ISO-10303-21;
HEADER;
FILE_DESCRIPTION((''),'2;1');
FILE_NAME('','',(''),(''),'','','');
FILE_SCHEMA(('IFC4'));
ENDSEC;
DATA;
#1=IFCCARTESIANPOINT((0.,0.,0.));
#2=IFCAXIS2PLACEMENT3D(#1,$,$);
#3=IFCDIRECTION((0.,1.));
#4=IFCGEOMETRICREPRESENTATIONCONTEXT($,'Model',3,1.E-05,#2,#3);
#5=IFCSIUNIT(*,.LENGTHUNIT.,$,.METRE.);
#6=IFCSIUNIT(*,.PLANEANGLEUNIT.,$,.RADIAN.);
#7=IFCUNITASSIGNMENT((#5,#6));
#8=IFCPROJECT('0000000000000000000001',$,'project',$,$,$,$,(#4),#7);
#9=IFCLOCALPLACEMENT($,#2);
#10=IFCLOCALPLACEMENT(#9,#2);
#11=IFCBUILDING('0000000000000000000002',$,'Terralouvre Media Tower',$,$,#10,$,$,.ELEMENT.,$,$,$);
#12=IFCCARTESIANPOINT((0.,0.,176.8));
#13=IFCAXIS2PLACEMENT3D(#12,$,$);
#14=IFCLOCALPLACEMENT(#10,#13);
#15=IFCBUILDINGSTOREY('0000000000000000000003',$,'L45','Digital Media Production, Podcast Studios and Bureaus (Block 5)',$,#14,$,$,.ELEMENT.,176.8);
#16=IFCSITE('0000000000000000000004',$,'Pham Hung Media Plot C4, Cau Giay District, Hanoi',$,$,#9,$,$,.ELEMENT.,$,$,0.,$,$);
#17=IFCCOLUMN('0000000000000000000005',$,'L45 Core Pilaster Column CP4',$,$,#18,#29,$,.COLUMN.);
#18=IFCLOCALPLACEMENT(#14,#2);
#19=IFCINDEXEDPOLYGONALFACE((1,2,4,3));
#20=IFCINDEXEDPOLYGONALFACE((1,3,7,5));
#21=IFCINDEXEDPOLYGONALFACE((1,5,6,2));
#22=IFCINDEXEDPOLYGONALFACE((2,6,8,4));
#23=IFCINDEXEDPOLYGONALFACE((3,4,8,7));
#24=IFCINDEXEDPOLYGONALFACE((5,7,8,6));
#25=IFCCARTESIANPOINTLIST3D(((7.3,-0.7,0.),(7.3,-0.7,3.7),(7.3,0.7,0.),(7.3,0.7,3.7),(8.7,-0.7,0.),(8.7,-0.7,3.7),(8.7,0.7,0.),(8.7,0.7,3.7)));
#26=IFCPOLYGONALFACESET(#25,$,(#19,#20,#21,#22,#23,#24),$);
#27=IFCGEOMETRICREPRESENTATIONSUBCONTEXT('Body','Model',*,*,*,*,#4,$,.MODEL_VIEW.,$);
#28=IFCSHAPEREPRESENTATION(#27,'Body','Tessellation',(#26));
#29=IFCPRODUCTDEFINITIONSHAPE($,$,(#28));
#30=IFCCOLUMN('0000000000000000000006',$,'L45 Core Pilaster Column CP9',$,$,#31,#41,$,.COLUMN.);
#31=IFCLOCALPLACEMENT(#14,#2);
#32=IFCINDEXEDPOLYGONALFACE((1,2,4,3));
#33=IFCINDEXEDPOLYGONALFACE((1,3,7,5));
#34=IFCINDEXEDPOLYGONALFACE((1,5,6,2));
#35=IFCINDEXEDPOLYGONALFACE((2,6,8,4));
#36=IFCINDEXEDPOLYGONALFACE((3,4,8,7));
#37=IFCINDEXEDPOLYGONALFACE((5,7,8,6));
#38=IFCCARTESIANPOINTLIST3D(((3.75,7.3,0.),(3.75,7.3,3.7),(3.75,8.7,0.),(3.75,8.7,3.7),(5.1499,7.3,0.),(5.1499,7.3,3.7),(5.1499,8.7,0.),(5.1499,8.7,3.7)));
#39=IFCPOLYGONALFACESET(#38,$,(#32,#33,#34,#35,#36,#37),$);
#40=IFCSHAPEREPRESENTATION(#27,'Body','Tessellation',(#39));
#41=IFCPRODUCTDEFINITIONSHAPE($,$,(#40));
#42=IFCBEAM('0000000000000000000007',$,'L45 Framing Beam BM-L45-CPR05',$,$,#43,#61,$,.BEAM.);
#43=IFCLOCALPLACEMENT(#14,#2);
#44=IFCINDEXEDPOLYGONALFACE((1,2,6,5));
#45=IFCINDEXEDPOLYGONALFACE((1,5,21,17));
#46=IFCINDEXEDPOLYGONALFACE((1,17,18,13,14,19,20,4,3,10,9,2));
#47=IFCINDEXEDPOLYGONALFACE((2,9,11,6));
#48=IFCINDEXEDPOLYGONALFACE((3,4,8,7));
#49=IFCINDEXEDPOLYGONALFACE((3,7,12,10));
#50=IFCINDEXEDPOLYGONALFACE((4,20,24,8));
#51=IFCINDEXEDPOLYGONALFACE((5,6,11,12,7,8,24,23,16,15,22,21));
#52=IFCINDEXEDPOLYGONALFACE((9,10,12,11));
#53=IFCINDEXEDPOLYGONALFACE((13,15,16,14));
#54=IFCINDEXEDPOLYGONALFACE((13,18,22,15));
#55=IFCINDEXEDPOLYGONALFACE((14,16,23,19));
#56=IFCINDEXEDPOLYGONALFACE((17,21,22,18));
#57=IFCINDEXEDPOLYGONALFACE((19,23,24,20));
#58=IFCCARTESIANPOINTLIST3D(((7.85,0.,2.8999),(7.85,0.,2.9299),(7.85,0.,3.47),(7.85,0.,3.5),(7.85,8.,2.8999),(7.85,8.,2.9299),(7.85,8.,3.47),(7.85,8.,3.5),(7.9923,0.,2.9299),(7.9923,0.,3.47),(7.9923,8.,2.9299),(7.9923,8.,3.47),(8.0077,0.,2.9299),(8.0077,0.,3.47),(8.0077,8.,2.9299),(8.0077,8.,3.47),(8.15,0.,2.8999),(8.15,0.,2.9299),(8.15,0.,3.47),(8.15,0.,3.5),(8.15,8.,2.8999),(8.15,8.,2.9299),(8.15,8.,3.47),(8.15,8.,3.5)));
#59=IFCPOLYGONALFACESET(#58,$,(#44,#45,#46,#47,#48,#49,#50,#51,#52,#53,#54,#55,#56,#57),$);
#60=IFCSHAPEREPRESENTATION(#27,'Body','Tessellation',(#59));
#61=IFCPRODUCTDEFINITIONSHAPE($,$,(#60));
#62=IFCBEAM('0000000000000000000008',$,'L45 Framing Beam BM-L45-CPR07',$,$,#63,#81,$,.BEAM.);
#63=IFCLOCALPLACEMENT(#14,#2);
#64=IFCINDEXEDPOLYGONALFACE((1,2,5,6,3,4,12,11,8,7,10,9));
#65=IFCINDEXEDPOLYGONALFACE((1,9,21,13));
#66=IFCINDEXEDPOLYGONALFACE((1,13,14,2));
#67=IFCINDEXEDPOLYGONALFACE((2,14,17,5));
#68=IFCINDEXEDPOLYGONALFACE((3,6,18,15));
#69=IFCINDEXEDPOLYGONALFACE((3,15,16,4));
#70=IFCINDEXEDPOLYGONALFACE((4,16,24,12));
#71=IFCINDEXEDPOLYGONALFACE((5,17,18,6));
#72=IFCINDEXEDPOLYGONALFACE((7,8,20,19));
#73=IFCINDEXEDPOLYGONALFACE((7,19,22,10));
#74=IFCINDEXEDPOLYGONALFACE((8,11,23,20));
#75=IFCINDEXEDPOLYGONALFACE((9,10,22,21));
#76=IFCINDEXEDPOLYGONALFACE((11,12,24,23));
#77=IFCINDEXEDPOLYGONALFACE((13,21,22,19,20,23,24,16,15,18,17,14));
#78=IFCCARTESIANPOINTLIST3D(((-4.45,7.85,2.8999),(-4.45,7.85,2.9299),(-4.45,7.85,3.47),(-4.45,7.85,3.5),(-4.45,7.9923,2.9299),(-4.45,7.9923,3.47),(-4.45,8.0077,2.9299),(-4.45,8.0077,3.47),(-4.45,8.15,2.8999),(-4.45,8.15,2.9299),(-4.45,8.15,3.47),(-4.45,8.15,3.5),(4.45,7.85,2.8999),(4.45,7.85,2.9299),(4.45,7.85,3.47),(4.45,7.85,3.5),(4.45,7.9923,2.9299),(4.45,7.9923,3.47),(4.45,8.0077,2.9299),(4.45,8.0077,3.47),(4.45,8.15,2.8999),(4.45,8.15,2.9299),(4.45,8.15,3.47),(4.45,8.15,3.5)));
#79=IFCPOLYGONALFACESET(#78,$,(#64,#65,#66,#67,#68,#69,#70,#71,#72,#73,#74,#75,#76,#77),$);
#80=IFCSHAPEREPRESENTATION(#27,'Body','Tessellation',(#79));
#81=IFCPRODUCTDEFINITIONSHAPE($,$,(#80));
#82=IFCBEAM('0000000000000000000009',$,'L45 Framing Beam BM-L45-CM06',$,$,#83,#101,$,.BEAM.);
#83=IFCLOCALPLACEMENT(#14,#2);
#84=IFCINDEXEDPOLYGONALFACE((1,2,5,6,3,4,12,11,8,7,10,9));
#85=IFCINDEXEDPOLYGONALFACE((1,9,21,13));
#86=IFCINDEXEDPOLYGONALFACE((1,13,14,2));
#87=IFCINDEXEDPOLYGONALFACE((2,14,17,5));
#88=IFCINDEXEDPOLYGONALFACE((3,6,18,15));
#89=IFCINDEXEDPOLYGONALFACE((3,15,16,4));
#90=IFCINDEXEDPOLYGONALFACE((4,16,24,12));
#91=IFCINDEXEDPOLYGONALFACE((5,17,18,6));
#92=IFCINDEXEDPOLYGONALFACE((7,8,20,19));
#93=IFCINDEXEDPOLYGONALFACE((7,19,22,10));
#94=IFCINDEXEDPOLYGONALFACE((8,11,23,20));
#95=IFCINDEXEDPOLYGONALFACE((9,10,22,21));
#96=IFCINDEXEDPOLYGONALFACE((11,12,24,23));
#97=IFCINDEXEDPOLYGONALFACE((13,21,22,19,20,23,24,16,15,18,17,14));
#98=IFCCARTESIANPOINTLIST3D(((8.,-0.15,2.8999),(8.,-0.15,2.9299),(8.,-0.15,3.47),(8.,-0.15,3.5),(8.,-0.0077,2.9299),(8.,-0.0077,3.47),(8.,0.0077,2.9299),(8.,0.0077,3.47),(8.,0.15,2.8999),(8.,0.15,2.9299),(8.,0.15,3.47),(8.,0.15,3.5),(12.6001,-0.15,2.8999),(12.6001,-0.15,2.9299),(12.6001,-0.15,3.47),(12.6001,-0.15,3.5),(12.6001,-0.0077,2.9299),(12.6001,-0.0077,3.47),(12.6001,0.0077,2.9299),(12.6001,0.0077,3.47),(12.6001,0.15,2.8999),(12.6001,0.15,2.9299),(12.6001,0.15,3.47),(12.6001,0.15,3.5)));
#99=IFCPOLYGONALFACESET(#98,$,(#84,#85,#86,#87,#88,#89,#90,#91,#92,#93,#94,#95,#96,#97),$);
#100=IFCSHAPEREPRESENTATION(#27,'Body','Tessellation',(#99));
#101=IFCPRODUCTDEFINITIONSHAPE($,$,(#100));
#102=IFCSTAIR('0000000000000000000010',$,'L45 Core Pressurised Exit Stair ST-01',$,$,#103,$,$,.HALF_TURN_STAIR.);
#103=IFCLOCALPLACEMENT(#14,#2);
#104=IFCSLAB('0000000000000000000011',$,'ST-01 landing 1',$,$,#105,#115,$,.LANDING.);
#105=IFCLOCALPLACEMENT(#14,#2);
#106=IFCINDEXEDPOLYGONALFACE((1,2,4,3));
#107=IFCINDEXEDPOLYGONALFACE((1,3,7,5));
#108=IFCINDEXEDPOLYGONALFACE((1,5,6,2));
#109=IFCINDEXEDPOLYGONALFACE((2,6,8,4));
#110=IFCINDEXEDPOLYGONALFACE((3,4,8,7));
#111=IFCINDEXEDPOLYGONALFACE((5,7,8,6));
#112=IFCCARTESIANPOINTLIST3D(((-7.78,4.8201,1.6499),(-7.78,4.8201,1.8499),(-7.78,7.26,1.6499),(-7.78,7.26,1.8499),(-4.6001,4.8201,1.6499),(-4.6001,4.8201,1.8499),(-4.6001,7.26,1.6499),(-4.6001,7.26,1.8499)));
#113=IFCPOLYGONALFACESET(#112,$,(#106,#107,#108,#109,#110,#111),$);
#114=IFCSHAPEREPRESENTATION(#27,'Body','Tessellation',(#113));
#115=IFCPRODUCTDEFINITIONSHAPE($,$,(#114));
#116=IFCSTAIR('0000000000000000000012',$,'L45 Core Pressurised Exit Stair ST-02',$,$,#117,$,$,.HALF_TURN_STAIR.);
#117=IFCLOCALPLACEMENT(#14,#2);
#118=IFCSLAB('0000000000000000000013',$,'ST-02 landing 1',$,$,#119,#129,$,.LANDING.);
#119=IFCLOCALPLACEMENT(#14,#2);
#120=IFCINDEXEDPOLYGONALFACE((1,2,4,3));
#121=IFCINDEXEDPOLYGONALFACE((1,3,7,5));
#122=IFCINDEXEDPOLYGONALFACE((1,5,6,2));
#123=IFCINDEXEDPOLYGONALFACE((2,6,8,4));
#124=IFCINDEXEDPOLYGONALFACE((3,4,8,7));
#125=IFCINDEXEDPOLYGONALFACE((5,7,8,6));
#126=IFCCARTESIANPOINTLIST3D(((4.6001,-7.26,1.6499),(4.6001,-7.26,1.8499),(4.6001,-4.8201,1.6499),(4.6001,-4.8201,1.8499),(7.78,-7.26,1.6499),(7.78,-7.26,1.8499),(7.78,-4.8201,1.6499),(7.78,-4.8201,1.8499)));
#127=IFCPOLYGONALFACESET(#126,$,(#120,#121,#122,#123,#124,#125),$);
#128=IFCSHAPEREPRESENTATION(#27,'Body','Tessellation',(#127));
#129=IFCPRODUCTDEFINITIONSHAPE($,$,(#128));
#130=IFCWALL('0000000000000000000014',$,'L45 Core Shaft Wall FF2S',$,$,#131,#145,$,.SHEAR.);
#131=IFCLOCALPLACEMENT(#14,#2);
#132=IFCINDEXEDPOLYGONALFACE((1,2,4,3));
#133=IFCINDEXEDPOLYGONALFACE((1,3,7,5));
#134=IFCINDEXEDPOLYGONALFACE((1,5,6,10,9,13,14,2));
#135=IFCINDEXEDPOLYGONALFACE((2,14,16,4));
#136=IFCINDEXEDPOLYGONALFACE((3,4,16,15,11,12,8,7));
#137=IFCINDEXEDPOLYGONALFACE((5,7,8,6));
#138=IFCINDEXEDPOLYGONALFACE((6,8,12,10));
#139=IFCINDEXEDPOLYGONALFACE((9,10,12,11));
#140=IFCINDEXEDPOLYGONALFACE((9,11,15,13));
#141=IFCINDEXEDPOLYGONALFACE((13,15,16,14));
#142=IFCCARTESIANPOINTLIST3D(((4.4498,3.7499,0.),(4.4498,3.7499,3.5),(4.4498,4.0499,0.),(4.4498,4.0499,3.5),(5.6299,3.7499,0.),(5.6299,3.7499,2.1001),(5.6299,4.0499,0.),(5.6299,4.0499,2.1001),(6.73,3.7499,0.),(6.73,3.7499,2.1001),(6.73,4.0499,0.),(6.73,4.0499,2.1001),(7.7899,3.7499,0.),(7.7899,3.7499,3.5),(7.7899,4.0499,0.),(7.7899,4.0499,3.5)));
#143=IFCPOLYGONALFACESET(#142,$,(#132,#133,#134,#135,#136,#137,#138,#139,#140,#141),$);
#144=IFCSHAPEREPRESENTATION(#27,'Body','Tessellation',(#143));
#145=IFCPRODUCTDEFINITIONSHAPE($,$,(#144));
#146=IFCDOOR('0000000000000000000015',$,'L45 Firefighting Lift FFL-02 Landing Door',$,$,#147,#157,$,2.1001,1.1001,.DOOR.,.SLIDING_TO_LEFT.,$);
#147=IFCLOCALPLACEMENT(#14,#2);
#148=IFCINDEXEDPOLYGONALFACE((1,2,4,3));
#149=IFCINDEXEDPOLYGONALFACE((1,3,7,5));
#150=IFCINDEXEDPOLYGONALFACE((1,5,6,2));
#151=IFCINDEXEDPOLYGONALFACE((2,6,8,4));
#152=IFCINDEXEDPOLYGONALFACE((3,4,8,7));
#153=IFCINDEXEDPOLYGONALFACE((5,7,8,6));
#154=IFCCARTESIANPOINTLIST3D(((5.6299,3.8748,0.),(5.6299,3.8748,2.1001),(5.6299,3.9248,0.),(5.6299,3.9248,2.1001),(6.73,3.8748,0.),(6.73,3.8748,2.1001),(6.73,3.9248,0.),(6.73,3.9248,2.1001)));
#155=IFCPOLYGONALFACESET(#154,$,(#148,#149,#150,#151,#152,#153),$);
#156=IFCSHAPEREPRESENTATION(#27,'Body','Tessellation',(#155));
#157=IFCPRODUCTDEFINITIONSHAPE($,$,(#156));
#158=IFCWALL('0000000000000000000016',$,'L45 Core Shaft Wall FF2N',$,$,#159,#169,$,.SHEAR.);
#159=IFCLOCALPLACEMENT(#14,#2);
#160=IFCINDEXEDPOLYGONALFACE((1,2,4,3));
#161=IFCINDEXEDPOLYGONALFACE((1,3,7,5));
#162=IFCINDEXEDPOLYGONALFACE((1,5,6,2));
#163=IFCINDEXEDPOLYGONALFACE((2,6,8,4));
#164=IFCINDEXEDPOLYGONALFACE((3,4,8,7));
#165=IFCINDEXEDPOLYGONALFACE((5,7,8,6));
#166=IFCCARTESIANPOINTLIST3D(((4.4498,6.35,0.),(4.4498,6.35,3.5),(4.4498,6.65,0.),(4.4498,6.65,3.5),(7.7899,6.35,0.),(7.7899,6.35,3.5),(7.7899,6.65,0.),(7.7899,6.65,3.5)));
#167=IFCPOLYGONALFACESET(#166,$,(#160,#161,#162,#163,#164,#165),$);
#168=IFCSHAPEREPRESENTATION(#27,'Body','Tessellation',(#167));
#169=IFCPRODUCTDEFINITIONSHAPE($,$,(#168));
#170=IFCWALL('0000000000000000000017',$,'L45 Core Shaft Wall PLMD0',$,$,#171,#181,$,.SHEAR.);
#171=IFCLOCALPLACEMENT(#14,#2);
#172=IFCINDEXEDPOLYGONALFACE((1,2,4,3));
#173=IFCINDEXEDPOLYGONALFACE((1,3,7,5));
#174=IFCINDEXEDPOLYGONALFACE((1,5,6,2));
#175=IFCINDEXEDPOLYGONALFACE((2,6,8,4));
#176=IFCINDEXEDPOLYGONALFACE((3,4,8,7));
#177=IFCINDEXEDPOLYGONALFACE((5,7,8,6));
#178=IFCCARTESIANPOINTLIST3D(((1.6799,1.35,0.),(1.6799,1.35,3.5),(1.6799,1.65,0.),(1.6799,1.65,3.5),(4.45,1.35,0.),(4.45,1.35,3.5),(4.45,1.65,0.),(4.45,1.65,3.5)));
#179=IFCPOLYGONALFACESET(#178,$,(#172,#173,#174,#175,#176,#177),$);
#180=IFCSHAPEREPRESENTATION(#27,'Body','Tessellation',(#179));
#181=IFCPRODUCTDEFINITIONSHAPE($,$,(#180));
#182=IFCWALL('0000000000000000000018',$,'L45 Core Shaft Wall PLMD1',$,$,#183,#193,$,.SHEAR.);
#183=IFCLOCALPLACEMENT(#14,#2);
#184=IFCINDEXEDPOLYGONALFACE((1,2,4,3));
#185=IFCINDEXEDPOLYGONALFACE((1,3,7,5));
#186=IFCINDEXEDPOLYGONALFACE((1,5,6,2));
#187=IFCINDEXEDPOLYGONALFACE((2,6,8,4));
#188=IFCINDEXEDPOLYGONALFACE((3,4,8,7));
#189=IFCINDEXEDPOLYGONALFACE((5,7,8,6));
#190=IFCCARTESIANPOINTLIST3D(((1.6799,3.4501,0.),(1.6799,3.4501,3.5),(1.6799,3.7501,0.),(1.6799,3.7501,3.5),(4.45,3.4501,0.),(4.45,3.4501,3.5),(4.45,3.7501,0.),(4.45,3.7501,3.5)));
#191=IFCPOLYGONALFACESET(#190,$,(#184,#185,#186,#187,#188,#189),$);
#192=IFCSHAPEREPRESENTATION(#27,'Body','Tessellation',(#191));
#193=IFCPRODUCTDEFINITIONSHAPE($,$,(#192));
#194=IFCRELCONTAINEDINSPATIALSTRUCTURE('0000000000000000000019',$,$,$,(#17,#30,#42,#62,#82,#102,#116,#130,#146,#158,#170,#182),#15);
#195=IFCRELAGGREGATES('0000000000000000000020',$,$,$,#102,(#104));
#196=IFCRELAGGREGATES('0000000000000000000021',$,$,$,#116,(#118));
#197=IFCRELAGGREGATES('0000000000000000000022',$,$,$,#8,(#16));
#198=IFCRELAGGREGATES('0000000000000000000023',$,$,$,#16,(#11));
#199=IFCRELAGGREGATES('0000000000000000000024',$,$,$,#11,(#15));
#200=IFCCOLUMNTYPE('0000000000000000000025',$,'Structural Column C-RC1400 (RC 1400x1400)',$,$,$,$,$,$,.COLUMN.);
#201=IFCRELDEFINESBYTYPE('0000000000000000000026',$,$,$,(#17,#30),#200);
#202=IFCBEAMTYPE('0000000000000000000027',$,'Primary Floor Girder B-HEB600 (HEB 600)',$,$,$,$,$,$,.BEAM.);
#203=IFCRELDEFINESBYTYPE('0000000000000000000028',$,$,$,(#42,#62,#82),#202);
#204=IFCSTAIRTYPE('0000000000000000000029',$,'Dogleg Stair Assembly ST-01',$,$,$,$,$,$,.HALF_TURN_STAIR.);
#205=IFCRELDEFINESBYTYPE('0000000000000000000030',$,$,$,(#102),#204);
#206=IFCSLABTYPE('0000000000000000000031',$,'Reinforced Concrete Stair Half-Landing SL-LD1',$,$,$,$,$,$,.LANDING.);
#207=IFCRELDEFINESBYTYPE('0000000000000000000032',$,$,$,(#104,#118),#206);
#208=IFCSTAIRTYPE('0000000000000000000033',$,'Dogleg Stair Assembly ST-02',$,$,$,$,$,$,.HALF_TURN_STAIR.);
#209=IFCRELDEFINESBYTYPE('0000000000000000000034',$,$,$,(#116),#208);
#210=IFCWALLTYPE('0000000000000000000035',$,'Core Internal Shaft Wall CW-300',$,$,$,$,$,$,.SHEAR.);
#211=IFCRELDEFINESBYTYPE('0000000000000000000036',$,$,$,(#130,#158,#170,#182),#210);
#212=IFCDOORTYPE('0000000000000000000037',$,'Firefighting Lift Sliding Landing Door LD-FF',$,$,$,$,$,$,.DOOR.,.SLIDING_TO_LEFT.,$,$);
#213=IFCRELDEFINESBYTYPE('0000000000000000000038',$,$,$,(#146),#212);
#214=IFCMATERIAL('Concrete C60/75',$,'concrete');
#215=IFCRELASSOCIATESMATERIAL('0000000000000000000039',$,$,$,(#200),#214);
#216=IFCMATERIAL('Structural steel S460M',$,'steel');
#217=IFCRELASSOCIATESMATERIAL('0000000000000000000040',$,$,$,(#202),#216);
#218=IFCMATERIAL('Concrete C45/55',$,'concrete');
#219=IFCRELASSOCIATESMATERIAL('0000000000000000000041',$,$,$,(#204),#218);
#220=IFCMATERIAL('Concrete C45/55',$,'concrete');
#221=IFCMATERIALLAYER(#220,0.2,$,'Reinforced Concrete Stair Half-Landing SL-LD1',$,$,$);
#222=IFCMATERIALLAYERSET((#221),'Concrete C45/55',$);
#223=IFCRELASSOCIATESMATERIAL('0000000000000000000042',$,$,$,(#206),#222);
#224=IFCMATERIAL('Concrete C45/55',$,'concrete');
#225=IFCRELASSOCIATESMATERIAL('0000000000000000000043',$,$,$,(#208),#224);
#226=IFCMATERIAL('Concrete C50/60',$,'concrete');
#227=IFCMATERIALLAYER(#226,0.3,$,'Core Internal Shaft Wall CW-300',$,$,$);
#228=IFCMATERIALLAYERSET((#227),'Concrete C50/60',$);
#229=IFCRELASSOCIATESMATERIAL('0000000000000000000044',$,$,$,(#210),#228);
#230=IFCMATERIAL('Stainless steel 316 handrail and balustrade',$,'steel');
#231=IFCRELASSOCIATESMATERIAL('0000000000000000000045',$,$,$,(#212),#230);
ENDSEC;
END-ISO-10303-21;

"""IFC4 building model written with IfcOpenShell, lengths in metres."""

from ifc_helpers import new_model, si_unit, direction, frame, frame_2d, origin, origin_2d, place, context, subcontext, project, spatial, polyline, rectangle, i_section, outline, extrude, material, layer, layer_set, material_profile, profile_set, type_object, element, fill, aggregate, save


model = new_model("IFC4")

# Units and contexts
model_context = context("Model", 3, precision=1e-05, world=origin(), true_north=direction((0.0, 1.0)))
body_context = subcontext(model_context, "Body", "Model", "MODEL_VIEW")
ifc_project = project(units=[si_unit("LENGTHUNIT", "METRE"), si_unit("PLANEANGLEUNIT", "RADIAN")], contexts=[model_context])

# Site, building, storey
site_placement = place(None, origin())
site = spatial("IfcSite", under=ifc_project, at=site_placement, Name="Pham Hung Media Plot C4, Cau Giay District, Hanoi", CompositionType="ELEMENT", RefElevation=0.0)
building_placement = place(site_placement, origin())
building = spatial("IfcBuilding", under=site, at=building_placement, Name="Terralouvre Media Tower", CompositionType="ELEMENT")
storey_placement = place(building_placement, frame((0.0, 0.0, 176.8)))
storey = spatial("IfcBuildingStorey", under=building, at=storey_placement, Name="L45", Description="Digital Media Production, Podcast Studios and Bureaus (Block 5)", CompositionType="ELEMENT", Elevation=176.8)

# Columns
ifc_material_1 = material(Name="Concrete C60/75", Category="concrete")
ifc_material_profile_1 = material_profile(ifc_material_1, rectangle(XDim=1.3999, YDim=1.3999, at=origin_2d()), Name="RC 1400x1400")
ifc_profile_set_1 = profile_set([ifc_material_profile_1], Name="Concrete C60/75")
column_type = type_object("IfcColumnType", Name="Structural Column C-RC1400 (RC 1400x1400)", PredefinedType="COLUMN", material=ifc_profile_set_1)
for number, where, z_axis, x_axis, name in (
    (1, (8.0, 0.0, 0.0), (0.0, 0.0, 1.0), (1.0, 0.0, 0.0), "L45 Core Pilaster Column CP4"),
    (2, (4.45, 8.0, 0.0), (0.0, 0.0, 1.0), (1.0, 0.0, 0.0), "L45 Core Pilaster Column CP9"),
):
    element("IfcColumn", number, at=place(storey_placement, frame(where, z_axis=z_axis, x_axis=x_axis)), inside=storey, type_object=column_type, Name=name, PredefinedType="COLUMN", context=body_context, shape_type="SweptSolid", body=[
        extrude(rectangle(XDim=1.3999, YDim=1.3999, at=origin_2d()), origin(), (0.0, 0.0, 1.0), 3.7),
    ])

# Beams
ifc_material_2 = material(Name="Structural steel S460M", Category="steel")
ifc_material_profile_2 = material_profile(ifc_material_2, i_section(OverallWidth=0.3, OverallDepth=0.6001, WebThickness=0.0154, FlangeThickness=0.03, at=origin_2d()), Name="HEB 600")
ifc_profile_set_2 = profile_set([ifc_material_profile_2], Name="Structural steel S460M")
beam_type = type_object("IfcBeamType", Name="Primary Floor Girder B-HEB600 (HEB 600)", PredefinedType="BEAM", material=ifc_profile_set_2)
beam_1_placement = place(storey_placement, frame((8.0, 0.0, 3.2), z_axis=(0.0, 1.0, 0.0), x_axis=(-1.0, 0.0, 0.0)))
element("IfcBeam", 3, at=beam_1_placement, inside=storey, type_object=beam_type, Name="L45 Framing Beam BM-L45-CPR05", PredefinedType="BEAM", context=body_context, shape_type="SweptSolid", body=[
    extrude(i_section(OverallWidth=0.3, OverallDepth=0.6001, WebThickness=0.0154, FlangeThickness=0.03, at=origin_2d()), origin(), (0.0, 0.0, 1.0), 8.0),
])
beam_2_placement = place(storey_placement, frame((4.45, 8.0, 3.2), z_axis=(-1.0, 0.0, 0.0), x_axis=(0.0, -1.0, 0.0)))
element("IfcBeam", 4, at=beam_2_placement, inside=storey, type_object=beam_type, Name="L45 Framing Beam BM-L45-CPR07", PredefinedType="BEAM", context=body_context, shape_type="SweptSolid", body=[
    extrude(i_section(OverallWidth=0.3, OverallDepth=0.6001, WebThickness=0.0154, FlangeThickness=0.03, at=origin_2d()), origin(), (0.0, 0.0, 1.0), 8.8999),
])
beam_3_placement = place(storey_placement, frame((8.0, 0.0, 3.2), z_axis=(1.0, 0.0, 0.0), x_axis=(0.0, 1.0, 0.0)))
element("IfcBeam", 5, at=beam_3_placement, inside=storey, type_object=beam_type, Name="L45 Framing Beam BM-L45-CM06", PredefinedType="BEAM", context=body_context, shape_type="SweptSolid", body=[
    extrude(i_section(OverallWidth=0.3, OverallDepth=0.6001, WebThickness=0.0154, FlangeThickness=0.03, at=origin_2d()), origin(), (0.0, 0.0, 1.0), 4.6001),
])

# Stairs, slabs
ifc_material_3 = material(Name="Concrete C45/55", Category="concrete")
stair_type_1 = type_object("IfcStairType", Name="Dogleg Stair Assembly ST-01", PredefinedType="HALF_TURN_STAIR", material=ifc_material_3)
stair_1_placement = place(storey_placement, origin())
stair_1 = element("IfcStair", 6, at=stair_1_placement, inside=storey, type_object=stair_type_1, Name="L45 Core Pressurised Exit Stair ST-01", PredefinedType="HALF_TURN_STAIR")
ifc_material_4 = material(Name="Concrete C45/55", Category="concrete")
ifc_layer_1 = layer(ifc_material_4, 0.2, Name="Reinforced Concrete Stair Half-Landing SL-LD1")
ifc_layer_set_1 = layer_set([ifc_layer_1], Name="Concrete C45/55")
slab_type_1 = type_object("IfcSlabType", Name="Reinforced Concrete Stair Half-Landing SL-LD1", PredefinedType="LANDING", material=ifc_layer_set_1)
slab_1_placement = place(storey_placement, frame((0.0, 0.0, 1.6499)))
slab_1 = element("IfcSlab", 7, at=slab_1_placement, type_object=slab_type_1, Name="ST-01 landing 1", PredefinedType="LANDING", context=body_context, shape_type="SweptSolid", body=[
    extrude(outline(polyline([(-4.6001, 4.8201), (-4.6001, 7.26), (-7.78, 7.26), (-7.78, 4.8201), (-4.6001, 4.8201)])), origin(), (0.0, 0.0, 1.0), 0.2),
])
aggregate(stair_1, [slab_1])
ifc_material_5 = material(Name="Concrete C45/55", Category="concrete")
stair_type_2 = type_object("IfcStairType", Name="Dogleg Stair Assembly ST-02", PredefinedType="HALF_TURN_STAIR", material=ifc_material_5)
stair_2_placement = place(storey_placement, origin())
stair_2 = element("IfcStair", 8, at=stair_2_placement, inside=storey, type_object=stair_type_2, Name="L45 Core Pressurised Exit Stair ST-02", PredefinedType="HALF_TURN_STAIR")
slab_2_placement = place(storey_placement, frame((0.0, 0.0, 1.6499)))
slab_2 = element("IfcSlab", 9, at=slab_2_placement, type_object=slab_type_1, Name="ST-02 landing 1", PredefinedType="LANDING", context=body_context, shape_type="SweptSolid", body=[
    extrude(outline(polyline([(4.6001, -4.8201), (4.6001, -7.26), (7.78, -7.26), (7.78, -4.8201), (4.6001, -4.8201)])), origin(), (0.0, 0.0, 1.0), 0.2),
])
aggregate(stair_2, [slab_2])

# Wall, opening, door
ifc_material_6 = material(Name="Concrete C50/60", Category="concrete")
ifc_layer_2 = layer(ifc_material_6, 0.3, Name="Core Internal Shaft Wall CW-300")
ifc_layer_set_2 = layer_set([ifc_layer_2], Name="Concrete C50/60")
wall_type = type_object("IfcWallType", Name="Core Internal Shaft Wall CW-300", PredefinedType="SHEAR", material=ifc_layer_set_2)
wall_1_placement = place(storey_placement, frame((4.45, 3.8999, 0.0), z_axis=(0.0, 0.0, 1.0), x_axis=(1.0, 0.0, 0.0)))
wall_1 = element("IfcWall", 10, at=wall_1_placement, inside=storey, type_object=wall_type, Name="L45 Core Shaft Wall FF2S", PredefinedType="SHEAR", context=body_context, shape_type="SweptSolid", body=[
    extrude(rectangle(XDim=3.3401, YDim=0.3, at=frame_2d((1.6699, 0.0))), origin(), (0.0, 0.0, 1.0), 3.5),
])
opening_placement = place(wall_1_placement, frame((1.1799, 0.0, 0.0)))
opening = element("IfcOpeningElement", 11, at=opening_placement, cuts=wall_1, PredefinedType="OPENING", context=body_context, shape_type="SweptSolid", body=[
    extrude(rectangle(XDim=1.1001, YDim=2.1001, at=frame_2d((0.55, 1.05))), frame((0.0, 0.1599, 0.0), z_axis=(0.0, -1.0, 0.0), x_axis=(1.0, 0.0, 0.0)), (0.0, 0.0, 1.0), 0.3201),
])
ifc_material_7 = material(Name="Stainless steel 316 handrail and balustrade", Category="steel")
door_type = type_object("IfcDoorType", Name="Firefighting Lift Sliding Landing Door LD-FF", OperationType="SLIDING_TO_LEFT", PredefinedType="DOOR", material=ifc_material_7)
door_placement = place(opening_placement, origin())
door = element("IfcDoor", 12, at=door_placement, inside=storey, type_object=door_type, Name="L45 Firefighting Lift FFL-02 Landing Door", OperationType="SLIDING_TO_LEFT", OverallHeight=2.1001, OverallWidth=1.1001, PredefinedType="DOOR", context=body_context, shape_type="SweptSolid", body=[
    extrude(rectangle(XDim=1.1001, YDim=2.1001, at=frame_2d((0.55, 1.05))), frame((0.0, 0.0249, 0.0), z_axis=(0.0, -1.0, 0.0), x_axis=(1.0, 0.0, 0.0)), (0.0, 0.0, 1.0), 0.05),
])
fill(opening, door)

# Walls
wall_2_placement = place(storey_placement, frame((4.45, 6.5, 0.0), z_axis=(0.0, 0.0, 1.0), x_axis=(1.0, 0.0, 0.0)))
element("IfcWall", 13, at=wall_2_placement, inside=storey, type_object=wall_type, Name="L45 Core Shaft Wall FF2N", PredefinedType="SHEAR", context=body_context, shape_type="SweptSolid", body=[
    extrude(rectangle(XDim=3.3401, YDim=0.3, at=frame_2d((1.6699, 0.0))), origin(), (0.0, 0.0, 1.0), 3.5),
])
for number, where, z_axis, x_axis, name in (
    (14, (1.6799, 1.5, 0.0), (0.0, 0.0, 1.0), (1.0, 0.0, 0.0), "L45 Core Shaft Wall PLMD0"),
    (15, (1.6799, 3.6001, 0.0), (0.0, 0.0, 1.0), (1.0, 0.0, 0.0), "L45 Core Shaft Wall PLMD1"),
):
    element("IfcWall", number, at=place(storey_placement, frame(where, z_axis=z_axis, x_axis=x_axis)), inside=storey, type_object=wall_type, Name=name, PredefinedType="SHEAR", context=body_context, shape_type="SweptSolid", body=[
        extrude(rectangle(XDim=2.77, YDim=0.3, at=frame_2d((1.385, 0.0))), origin(), (0.0, 0.0, 1.0), 3.5),
    ])

save(model, "model.ifc")
